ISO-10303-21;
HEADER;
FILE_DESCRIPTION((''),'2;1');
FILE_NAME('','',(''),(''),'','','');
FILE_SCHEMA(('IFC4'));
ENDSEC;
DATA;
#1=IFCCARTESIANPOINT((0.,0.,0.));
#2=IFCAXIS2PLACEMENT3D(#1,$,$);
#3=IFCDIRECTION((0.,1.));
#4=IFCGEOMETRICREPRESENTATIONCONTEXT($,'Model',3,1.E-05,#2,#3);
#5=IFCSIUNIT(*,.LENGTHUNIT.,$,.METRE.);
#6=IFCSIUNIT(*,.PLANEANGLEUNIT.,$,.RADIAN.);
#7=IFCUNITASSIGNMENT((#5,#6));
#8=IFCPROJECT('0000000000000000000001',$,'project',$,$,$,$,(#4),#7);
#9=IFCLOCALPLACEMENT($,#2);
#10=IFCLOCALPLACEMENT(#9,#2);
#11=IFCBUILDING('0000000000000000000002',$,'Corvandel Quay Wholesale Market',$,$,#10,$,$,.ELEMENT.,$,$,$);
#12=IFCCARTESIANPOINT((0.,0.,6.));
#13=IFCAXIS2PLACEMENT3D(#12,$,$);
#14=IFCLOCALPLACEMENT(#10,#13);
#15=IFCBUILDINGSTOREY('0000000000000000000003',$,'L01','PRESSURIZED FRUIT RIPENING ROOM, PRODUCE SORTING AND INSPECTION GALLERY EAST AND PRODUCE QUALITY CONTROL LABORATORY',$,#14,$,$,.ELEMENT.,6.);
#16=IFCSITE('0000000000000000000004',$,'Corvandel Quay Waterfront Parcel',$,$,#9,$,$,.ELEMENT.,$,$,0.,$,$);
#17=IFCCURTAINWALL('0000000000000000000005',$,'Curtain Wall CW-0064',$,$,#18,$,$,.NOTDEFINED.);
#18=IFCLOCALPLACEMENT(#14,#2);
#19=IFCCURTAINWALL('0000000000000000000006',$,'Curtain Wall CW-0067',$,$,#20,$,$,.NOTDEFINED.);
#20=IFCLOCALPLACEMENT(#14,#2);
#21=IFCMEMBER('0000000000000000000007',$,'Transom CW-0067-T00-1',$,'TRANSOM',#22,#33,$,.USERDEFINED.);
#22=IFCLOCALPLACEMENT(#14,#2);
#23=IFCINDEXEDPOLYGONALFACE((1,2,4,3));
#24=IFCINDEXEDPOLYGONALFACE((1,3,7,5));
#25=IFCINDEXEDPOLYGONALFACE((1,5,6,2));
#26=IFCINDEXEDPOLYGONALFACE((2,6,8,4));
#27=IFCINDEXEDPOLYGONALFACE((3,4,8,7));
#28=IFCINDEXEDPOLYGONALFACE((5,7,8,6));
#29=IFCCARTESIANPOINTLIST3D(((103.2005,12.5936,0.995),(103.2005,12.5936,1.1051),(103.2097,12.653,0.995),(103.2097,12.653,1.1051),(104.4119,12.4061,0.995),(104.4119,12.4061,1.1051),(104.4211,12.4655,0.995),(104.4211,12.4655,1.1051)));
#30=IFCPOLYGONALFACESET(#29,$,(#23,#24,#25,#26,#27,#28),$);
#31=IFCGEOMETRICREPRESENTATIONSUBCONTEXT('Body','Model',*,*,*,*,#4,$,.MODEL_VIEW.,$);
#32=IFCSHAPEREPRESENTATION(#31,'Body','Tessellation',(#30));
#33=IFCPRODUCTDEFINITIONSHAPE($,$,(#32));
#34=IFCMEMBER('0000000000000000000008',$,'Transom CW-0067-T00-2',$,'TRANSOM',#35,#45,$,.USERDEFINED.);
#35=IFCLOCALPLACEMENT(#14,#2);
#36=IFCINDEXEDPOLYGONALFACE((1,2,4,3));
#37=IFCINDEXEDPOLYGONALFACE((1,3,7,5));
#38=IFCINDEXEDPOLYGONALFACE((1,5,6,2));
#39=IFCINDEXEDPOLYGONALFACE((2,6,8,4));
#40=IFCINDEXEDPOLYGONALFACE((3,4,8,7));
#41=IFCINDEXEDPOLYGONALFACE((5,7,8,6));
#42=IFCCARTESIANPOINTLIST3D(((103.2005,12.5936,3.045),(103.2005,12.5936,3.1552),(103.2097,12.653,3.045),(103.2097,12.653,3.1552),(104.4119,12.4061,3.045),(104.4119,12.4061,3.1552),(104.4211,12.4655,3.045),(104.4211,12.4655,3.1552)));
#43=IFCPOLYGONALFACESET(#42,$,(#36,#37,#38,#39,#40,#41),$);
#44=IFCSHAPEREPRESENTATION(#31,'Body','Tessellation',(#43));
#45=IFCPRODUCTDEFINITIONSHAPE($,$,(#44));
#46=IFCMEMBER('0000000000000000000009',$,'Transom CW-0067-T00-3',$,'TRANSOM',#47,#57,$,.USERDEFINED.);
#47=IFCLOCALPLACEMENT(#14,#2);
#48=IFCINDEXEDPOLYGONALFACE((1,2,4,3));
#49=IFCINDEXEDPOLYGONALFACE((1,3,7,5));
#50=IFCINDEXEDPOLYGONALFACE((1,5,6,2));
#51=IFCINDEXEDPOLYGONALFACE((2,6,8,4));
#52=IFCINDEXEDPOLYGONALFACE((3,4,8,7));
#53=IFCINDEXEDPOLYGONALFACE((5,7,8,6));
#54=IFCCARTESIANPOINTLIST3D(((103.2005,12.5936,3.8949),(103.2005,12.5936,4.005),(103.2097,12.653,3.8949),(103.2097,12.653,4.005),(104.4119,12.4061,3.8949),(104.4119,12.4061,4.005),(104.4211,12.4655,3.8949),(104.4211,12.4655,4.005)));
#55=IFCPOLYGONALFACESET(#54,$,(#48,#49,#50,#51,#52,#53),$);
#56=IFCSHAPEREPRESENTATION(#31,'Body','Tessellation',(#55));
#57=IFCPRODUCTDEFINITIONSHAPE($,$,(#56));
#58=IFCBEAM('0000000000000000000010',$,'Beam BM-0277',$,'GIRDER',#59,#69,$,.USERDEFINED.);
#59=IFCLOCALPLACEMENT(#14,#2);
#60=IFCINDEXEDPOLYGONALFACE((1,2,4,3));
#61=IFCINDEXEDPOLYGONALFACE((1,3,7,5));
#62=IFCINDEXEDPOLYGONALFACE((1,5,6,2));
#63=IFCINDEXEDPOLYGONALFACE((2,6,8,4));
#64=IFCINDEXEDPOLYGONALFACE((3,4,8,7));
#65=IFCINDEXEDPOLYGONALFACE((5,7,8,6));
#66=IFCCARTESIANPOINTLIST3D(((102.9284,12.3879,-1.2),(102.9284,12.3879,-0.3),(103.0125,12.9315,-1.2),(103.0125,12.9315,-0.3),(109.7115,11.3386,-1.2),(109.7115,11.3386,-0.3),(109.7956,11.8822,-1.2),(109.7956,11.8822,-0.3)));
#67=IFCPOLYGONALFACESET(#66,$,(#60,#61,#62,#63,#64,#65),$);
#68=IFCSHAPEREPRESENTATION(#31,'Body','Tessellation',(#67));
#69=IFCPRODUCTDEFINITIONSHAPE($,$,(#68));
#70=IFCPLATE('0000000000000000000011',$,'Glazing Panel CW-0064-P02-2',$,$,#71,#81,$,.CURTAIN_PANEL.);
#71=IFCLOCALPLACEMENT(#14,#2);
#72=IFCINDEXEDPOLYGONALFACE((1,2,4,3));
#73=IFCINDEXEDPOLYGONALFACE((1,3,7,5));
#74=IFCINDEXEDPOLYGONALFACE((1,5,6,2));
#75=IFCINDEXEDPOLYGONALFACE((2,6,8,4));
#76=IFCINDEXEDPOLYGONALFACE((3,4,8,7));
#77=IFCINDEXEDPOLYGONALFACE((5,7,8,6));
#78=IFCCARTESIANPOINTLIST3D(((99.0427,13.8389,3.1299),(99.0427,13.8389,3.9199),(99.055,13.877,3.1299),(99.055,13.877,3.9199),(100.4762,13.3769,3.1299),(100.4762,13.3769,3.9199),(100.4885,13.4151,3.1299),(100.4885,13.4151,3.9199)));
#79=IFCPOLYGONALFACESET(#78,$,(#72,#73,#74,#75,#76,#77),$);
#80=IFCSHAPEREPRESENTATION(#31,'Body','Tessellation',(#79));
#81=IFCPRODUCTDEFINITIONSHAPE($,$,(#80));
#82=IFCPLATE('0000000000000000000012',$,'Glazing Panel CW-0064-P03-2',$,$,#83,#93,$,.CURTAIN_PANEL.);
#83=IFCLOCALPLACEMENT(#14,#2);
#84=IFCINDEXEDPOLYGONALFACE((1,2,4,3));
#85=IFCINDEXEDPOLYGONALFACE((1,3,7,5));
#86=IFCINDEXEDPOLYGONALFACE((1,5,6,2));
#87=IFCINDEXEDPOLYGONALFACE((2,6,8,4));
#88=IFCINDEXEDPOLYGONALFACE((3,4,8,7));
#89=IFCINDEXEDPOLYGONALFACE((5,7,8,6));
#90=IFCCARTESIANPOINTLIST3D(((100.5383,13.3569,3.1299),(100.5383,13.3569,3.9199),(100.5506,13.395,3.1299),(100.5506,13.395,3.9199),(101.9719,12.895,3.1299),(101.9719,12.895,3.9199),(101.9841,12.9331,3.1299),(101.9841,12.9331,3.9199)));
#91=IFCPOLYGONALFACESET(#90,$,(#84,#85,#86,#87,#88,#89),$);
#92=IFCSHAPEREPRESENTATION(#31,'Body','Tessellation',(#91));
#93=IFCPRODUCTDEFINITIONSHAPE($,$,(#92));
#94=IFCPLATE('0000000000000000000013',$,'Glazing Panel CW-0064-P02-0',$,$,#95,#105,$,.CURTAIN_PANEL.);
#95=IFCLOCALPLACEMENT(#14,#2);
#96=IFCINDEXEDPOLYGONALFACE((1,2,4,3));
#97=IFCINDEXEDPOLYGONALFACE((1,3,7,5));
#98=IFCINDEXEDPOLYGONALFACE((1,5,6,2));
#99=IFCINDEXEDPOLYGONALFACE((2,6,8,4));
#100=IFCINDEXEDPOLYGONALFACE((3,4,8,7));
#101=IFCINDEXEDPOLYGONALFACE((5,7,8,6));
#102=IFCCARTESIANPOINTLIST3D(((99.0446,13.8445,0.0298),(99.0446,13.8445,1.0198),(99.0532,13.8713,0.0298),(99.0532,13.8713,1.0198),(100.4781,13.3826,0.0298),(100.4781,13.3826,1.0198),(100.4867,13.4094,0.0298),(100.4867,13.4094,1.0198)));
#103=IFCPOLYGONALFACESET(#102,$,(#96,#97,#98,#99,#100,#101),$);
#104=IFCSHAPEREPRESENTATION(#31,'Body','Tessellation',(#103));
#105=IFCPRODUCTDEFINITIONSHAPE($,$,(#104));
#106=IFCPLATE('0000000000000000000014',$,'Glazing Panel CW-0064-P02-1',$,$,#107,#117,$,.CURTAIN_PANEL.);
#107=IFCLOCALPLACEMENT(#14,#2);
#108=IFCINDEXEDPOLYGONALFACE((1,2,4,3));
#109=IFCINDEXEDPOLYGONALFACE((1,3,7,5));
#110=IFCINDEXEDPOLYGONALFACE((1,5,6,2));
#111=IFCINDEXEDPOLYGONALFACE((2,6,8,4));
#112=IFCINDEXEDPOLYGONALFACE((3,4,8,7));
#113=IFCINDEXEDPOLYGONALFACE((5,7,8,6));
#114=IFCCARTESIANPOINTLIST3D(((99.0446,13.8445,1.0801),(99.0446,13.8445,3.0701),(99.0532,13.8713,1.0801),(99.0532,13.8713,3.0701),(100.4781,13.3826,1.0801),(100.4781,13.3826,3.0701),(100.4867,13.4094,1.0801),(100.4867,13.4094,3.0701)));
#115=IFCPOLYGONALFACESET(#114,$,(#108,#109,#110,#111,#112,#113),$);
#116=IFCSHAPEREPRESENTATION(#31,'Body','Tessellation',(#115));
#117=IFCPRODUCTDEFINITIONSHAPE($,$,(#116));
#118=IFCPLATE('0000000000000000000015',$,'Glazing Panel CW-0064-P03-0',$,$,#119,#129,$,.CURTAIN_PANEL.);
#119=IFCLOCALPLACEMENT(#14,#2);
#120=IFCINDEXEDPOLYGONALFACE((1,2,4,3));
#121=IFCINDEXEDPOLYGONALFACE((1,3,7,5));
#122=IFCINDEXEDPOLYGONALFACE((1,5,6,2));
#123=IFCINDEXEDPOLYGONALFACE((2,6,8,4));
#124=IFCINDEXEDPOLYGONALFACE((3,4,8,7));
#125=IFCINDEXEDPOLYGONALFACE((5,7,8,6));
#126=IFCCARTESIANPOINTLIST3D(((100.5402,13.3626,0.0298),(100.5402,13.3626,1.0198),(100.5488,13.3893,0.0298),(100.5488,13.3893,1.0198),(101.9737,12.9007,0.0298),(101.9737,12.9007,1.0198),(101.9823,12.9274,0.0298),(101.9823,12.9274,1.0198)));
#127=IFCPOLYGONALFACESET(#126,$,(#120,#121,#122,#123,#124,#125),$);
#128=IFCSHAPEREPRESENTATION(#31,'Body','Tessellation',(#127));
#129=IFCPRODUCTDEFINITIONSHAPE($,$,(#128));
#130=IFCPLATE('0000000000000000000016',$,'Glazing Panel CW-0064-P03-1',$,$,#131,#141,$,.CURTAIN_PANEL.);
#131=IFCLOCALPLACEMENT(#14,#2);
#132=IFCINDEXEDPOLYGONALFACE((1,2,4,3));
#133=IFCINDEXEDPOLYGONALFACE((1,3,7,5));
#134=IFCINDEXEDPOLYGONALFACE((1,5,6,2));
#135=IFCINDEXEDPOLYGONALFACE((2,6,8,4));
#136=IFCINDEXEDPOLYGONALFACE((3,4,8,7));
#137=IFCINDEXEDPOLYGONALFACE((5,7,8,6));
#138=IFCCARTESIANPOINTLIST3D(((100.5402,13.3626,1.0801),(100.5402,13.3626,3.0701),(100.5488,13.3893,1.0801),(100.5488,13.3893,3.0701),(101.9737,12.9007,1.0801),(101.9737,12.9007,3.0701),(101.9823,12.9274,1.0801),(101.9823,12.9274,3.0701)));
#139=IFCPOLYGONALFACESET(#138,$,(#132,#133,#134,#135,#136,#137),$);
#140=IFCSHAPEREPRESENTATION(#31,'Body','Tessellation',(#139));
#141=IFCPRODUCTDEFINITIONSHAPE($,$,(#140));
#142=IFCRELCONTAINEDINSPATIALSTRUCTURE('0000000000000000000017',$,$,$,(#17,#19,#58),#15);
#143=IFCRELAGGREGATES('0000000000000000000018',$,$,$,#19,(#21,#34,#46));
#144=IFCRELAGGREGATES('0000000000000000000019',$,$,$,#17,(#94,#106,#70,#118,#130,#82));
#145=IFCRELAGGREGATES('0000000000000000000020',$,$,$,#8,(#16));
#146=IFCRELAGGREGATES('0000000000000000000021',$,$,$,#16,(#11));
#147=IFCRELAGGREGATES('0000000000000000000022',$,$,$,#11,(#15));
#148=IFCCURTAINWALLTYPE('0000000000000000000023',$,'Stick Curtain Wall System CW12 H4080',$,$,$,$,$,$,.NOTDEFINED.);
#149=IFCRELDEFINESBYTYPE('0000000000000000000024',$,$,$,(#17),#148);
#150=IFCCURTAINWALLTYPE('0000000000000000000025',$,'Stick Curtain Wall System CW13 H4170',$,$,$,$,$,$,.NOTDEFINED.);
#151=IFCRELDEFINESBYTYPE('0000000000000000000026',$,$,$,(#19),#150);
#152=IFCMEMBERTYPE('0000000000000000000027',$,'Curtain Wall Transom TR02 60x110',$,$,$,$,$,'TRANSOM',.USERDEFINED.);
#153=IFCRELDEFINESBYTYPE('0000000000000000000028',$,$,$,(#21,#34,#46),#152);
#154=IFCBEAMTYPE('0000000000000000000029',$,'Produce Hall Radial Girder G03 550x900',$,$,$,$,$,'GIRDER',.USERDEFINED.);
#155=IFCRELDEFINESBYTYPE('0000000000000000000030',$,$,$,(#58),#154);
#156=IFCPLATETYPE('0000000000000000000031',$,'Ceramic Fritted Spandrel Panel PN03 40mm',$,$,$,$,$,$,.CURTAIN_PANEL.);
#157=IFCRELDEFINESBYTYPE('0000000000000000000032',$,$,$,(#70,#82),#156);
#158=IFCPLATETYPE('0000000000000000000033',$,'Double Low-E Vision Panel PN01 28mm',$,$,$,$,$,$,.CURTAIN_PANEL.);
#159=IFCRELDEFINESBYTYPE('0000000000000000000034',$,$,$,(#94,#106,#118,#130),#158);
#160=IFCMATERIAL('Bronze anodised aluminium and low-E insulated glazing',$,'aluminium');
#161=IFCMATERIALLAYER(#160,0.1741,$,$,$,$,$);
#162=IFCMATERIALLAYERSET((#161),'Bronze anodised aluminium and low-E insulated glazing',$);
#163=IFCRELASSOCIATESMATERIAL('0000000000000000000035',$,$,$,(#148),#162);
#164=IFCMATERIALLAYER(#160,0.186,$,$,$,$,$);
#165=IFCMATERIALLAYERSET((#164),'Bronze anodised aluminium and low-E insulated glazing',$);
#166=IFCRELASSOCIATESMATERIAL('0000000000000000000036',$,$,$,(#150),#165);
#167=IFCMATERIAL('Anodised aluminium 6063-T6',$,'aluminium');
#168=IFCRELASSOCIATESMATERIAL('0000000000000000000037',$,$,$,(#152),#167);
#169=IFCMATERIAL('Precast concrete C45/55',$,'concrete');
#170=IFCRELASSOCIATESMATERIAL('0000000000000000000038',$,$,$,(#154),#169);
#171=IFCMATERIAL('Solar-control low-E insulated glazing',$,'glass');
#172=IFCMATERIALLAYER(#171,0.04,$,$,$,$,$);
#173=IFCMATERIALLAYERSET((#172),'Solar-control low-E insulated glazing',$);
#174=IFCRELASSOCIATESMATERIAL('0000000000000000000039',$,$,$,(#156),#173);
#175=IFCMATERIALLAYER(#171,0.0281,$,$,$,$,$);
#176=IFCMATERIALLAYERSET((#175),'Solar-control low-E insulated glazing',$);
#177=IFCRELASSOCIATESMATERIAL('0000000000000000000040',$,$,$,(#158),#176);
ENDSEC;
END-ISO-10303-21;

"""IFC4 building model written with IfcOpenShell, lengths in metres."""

from ifc_helpers import new_model, si_unit, direction, frame, origin, origin_2d, place, context, subcontext, project, spatial, rectangle, extrude, material, layer, layer_set, material_profile, profile_set, type_object, element, aggregate, save


model = new_model("IFC4")

# Units and contexts
model_context = context("Model", 3, precision=1e-05, world=origin(), true_north=direction((0.0, 1.0)))
body_context = subcontext(model_context, "Body", "Model", "MODEL_VIEW")
ifc_project = project(units=[si_unit("LENGTHUNIT", "METRE"), si_unit("PLANEANGLEUNIT", "RADIAN")], contexts=[model_context])

# Site, building, storey
site_placement = place(None, origin())
site = spatial("IfcSite", under=ifc_project, at=site_placement, Name="Corvandel Quay Waterfront Parcel", CompositionType="ELEMENT", RefElevation=0.0)
building_placement = place(site_placement, origin())
building = spatial("IfcBuilding", under=site, at=building_placement, Name="Corvandel Quay Wholesale Market", CompositionType="ELEMENT")
storey_placement = place(building_placement, frame((0.0, 0.0, 6.0)))
storey = spatial("IfcBuildingStorey", under=building, at=storey_placement, Name="L01", Description="PRESSURIZED FRUIT RIPENING ROOM, PRODUCE SORTING AND INSPECTION GALLERY EAST AND PRODUCE QUALITY CONTROL LABORATORY", CompositionType="ELEMENT", Elevation=6.0)

# Shared definitions
ifc_material_1 = material(Name="Precast concrete C45/55", Category="concrete")

# Curtain wall
ifc_material_2 = material(Name="Bronze anodised aluminium and low-E insulated glazing", Category="aluminium")
ifc_layer_1 = layer(ifc_material_2, 0.1741)
ifc_layer_set_1 = layer_set([ifc_layer_1], Name="Bronze anodised aluminium and low-E insulated glazing")
curtain_wall_type_1 = type_object("IfcCurtainWallType", Name="Stick Curtain Wall System CW12 H4080", PredefinedType="NOTDEFINED", material=ifc_layer_set_1)
curtain_wall_1_placement = place(storey_placement, origin())
curtain_wall_1 = element("IfcCurtainWall", 1, at=curtain_wall_1_placement, inside=storey, type_object=curtain_wall_type_1, Name="Curtain Wall CW-0064", PredefinedType="NOTDEFINED")
ifc_material_3 = material(Name="Anodised aluminium 6063-T6", Category="aluminium")

# Curtain wall
ifc_layer_2 = layer(ifc_material_2, 0.186)
ifc_layer_set_2 = layer_set([ifc_layer_2], Name="Bronze anodised aluminium and low-E insulated glazing")
curtain_wall_type_2 = type_object("IfcCurtainWallType", Name="Stick Curtain Wall System CW13 H4170", PredefinedType="NOTDEFINED", material=ifc_layer_set_2)
curtain_wall_2_placement = place(storey_placement, origin())
curtain_wall_2 = element("IfcCurtainWall", 2, at=curtain_wall_2_placement, inside=storey, type_object=curtain_wall_type_2, Name="Curtain Wall CW-0067", PredefinedType="NOTDEFINED")

# Members
ifc_material_profile_1 = material_profile(ifc_material_3, rectangle(XDim=0.0601, YDim=0.1101, at=origin_2d()), Name="ALU-TRN-60x110")
ifc_profile_set_1 = profile_set([ifc_material_profile_1], Name="Anodised aluminium 6063-T6")
member_type_1 = type_object("IfcMemberType", Name="Curtain Wall Transom TR02 60x110", ElementType="TRANSOM", PredefinedType="USERDEFINED", material=ifc_profile_set_1)
member_1_placement = place(storey_placement, frame((103.2051, 12.6233, 1.05), z_axis=(0.988233, -0.152955, 0.0), x_axis=(0.152955, 0.988233, 0.0)))
member_1 = element("IfcMember", 3, at=member_1_placement, type_object=member_type_1, Name="Transom CW-0067-T00-1", ObjectType="TRANSOM", PredefinedType="USERDEFINED", context=body_context, shape_type="SweptSolid", body=[
    extrude(rectangle(XDim=0.0601, YDim=0.1101, at=origin_2d()), origin(), (0.0, 0.0, 1.0), 1.2258),
])
member_2_placement = place(storey_placement, frame((103.2051, 12.6233, 3.1001), z_axis=(0.988233, -0.152955, 0.0), x_axis=(0.152955, 0.988233, 0.0)))
member_2 = element("IfcMember", 4, at=member_2_placement, type_object=member_type_1, Name="Transom CW-0067-T00-2", ObjectType="TRANSOM", PredefinedType="USERDEFINED", context=body_context, shape_type="SweptSolid", body=[
    extrude(rectangle(XDim=0.0601, YDim=0.1101, at=origin_2d()), origin(), (0.0, 0.0, 1.0), 1.2258),
])
member_3_placement = place(storey_placement, frame((103.2051, 12.6233, 3.95), z_axis=(0.988233, -0.152955, 0.0), x_axis=(0.152955, 0.988233, 0.0)))
member_3 = element("IfcMember", 5, at=member_3_placement, type_object=member_type_1, Name="Transom CW-0067-T00-3", ObjectType="TRANSOM", PredefinedType="USERDEFINED", context=body_context, shape_type="SweptSolid", body=[
    extrude(rectangle(XDim=0.0601, YDim=0.1101, at=origin_2d()), origin(), (0.0, 0.0, 1.0), 1.2258),
])
aggregate(curtain_wall_2, [member_1, member_2, member_3])

# Beam
ifc_material_profile_2 = material_profile(ifc_material_1, rectangle(XDim=0.55, YDim=0.8999, at=origin_2d()), Name="PC-GIR-550x900")
ifc_profile_set_2 = profile_set([ifc_material_profile_2], Name="Precast concrete C45/55")
beam_type = type_object("IfcBeamType", Name="Produce Hall Radial Girder G03 550x900", ElementType="GIRDER", PredefinedType="USERDEFINED", material=ifc_profile_set_2)
beam_placement = place(storey_placement, frame((102.9705, 12.6597, -0.75), z_axis=(0.988246, -0.152875, 0.0), x_axis=(0.152875, 0.988246, 0.0)))
element("IfcBeam", 6, at=beam_placement, inside=storey, type_object=beam_type, Name="Beam BM-0277", ObjectType="GIRDER", PredefinedType="USERDEFINED", context=body_context, shape_type="SweptSolid", body=[
    extrude(rectangle(XDim=0.55, YDim=0.8999, at=origin_2d()), origin(), (0.0, 0.0, 1.0), 6.8638),
])

# Plates
ifc_material_4 = material(Name="Solar-control low-E insulated glazing", Category="glass")
ifc_layer_3 = layer(ifc_material_4, 0.04)
ifc_layer_set_3 = layer_set([ifc_layer_3], Name="Solar-control low-E insulated glazing")
plate_type_1 = type_object("IfcPlateType", Name="Ceramic Fritted Spandrel Panel PN03 40mm", PredefinedType="CURTAIN_PANEL", material=ifc_layer_set_3)
plate_1_placement = place(storey_placement, frame((99.7656, 13.627, 3.1299), z_axis=(0.0, 0.0, 1.0), x_axis=(-0.951809, 0.306692, 0.0)))
plate_1 = element("IfcPlate", 7, at=plate_1_placement, type_object=plate_type_1, Name="Glazing Panel CW-0064-P02-2", PredefinedType="CURTAIN_PANEL", context=body_context, shape_type="SweptSolid", body=[
    extrude(rectangle(XDim=1.5061, YDim=0.04, at=origin_2d()), origin(), (0.0, 0.0, 1.0), 0.79),
])
plate_2_placement = place(storey_placement, frame((101.2612, 13.145, 3.1299), z_axis=(0.0, 0.0, 1.0), x_axis=(-0.951809, 0.306692, 0.0)))
plate_2 = element("IfcPlate", 8, at=plate_2_placement, type_object=plate_type_1, Name="Glazing Panel CW-0064-P03-2", PredefinedType="CURTAIN_PANEL", context=body_context, shape_type="SweptSolid", body=[
    extrude(rectangle(XDim=1.5061, YDim=0.04, at=origin_2d()), origin(), (0.0, 0.0, 1.0), 0.79),
])
ifc_layer_4 = layer(ifc_material_4, 0.0281)
ifc_layer_set_4 = layer_set([ifc_layer_4], Name="Solar-control low-E insulated glazing")
plate_type_2 = type_object("IfcPlateType", Name="Double Low-E Vision Panel PN01 28mm", PredefinedType="CURTAIN_PANEL", material=ifc_layer_set_4)
plate_3_placement = place(storey_placement, frame((99.7656, 13.627, 0.0298), z_axis=(0.0, 0.0, 1.0), x_axis=(-0.951809, 0.306692, 0.0)))
plate_3 = element("IfcPlate", 9, at=plate_3_placement, type_object=plate_type_2, Name="Glazing Panel CW-0064-P02-0", PredefinedType="CURTAIN_PANEL", context=body_context, shape_type="SweptSolid", body=[
    extrude(rectangle(XDim=1.5061, YDim=0.0281, at=origin_2d()), origin(), (0.0, 0.0, 1.0), 0.99),
])
plate_4_placement = place(storey_placement, frame((99.7656, 13.627, 1.0801), z_axis=(0.0, 0.0, 1.0), x_axis=(-0.951809, 0.306692, 0.0)))
plate_4 = element("IfcPlate", 10, at=plate_4_placement, type_object=plate_type_2, Name="Glazing Panel CW-0064-P02-1", PredefinedType="CURTAIN_PANEL", context=body_context, shape_type="SweptSolid", body=[
    extrude(rectangle(XDim=1.5061, YDim=0.0281, at=origin_2d()), origin(), (0.0, 0.0, 1.0), 1.99),
])
plate_5_placement = place(storey_placement, frame((101.2612, 13.145, 0.0298), z_axis=(0.0, 0.0, 1.0), x_axis=(-0.951809, 0.306692, 0.0)))
plate_5 = element("IfcPlate", 11, at=plate_5_placement, type_object=plate_type_2, Name="Glazing Panel CW-0064-P03-0", PredefinedType="CURTAIN_PANEL", context=body_context, shape_type="SweptSolid", body=[
    extrude(rectangle(XDim=1.5061, YDim=0.0281, at=origin_2d()), origin(), (0.0, 0.0, 1.0), 0.99),
])
plate_6_placement = place(storey_placement, frame((101.2612, 13.145, 1.0801), z_axis=(0.0, 0.0, 1.0), x_axis=(-0.951809, 0.306692, 0.0)))
plate_6 = element("IfcPlate", 12, at=plate_6_placement, type_object=plate_type_2, Name="Glazing Panel CW-0064-P03-1", PredefinedType="CURTAIN_PANEL", context=body_context, shape_type="SweptSolid", body=[
    extrude(rectangle(XDim=1.5061, YDim=0.0281, at=origin_2d()), origin(), (0.0, 0.0, 1.0), 1.99),
])
aggregate(curtain_wall_1, [plate_3, plate_4, plate_1, plate_5, plate_6, plate_2])

save(model, "model.ifc")
